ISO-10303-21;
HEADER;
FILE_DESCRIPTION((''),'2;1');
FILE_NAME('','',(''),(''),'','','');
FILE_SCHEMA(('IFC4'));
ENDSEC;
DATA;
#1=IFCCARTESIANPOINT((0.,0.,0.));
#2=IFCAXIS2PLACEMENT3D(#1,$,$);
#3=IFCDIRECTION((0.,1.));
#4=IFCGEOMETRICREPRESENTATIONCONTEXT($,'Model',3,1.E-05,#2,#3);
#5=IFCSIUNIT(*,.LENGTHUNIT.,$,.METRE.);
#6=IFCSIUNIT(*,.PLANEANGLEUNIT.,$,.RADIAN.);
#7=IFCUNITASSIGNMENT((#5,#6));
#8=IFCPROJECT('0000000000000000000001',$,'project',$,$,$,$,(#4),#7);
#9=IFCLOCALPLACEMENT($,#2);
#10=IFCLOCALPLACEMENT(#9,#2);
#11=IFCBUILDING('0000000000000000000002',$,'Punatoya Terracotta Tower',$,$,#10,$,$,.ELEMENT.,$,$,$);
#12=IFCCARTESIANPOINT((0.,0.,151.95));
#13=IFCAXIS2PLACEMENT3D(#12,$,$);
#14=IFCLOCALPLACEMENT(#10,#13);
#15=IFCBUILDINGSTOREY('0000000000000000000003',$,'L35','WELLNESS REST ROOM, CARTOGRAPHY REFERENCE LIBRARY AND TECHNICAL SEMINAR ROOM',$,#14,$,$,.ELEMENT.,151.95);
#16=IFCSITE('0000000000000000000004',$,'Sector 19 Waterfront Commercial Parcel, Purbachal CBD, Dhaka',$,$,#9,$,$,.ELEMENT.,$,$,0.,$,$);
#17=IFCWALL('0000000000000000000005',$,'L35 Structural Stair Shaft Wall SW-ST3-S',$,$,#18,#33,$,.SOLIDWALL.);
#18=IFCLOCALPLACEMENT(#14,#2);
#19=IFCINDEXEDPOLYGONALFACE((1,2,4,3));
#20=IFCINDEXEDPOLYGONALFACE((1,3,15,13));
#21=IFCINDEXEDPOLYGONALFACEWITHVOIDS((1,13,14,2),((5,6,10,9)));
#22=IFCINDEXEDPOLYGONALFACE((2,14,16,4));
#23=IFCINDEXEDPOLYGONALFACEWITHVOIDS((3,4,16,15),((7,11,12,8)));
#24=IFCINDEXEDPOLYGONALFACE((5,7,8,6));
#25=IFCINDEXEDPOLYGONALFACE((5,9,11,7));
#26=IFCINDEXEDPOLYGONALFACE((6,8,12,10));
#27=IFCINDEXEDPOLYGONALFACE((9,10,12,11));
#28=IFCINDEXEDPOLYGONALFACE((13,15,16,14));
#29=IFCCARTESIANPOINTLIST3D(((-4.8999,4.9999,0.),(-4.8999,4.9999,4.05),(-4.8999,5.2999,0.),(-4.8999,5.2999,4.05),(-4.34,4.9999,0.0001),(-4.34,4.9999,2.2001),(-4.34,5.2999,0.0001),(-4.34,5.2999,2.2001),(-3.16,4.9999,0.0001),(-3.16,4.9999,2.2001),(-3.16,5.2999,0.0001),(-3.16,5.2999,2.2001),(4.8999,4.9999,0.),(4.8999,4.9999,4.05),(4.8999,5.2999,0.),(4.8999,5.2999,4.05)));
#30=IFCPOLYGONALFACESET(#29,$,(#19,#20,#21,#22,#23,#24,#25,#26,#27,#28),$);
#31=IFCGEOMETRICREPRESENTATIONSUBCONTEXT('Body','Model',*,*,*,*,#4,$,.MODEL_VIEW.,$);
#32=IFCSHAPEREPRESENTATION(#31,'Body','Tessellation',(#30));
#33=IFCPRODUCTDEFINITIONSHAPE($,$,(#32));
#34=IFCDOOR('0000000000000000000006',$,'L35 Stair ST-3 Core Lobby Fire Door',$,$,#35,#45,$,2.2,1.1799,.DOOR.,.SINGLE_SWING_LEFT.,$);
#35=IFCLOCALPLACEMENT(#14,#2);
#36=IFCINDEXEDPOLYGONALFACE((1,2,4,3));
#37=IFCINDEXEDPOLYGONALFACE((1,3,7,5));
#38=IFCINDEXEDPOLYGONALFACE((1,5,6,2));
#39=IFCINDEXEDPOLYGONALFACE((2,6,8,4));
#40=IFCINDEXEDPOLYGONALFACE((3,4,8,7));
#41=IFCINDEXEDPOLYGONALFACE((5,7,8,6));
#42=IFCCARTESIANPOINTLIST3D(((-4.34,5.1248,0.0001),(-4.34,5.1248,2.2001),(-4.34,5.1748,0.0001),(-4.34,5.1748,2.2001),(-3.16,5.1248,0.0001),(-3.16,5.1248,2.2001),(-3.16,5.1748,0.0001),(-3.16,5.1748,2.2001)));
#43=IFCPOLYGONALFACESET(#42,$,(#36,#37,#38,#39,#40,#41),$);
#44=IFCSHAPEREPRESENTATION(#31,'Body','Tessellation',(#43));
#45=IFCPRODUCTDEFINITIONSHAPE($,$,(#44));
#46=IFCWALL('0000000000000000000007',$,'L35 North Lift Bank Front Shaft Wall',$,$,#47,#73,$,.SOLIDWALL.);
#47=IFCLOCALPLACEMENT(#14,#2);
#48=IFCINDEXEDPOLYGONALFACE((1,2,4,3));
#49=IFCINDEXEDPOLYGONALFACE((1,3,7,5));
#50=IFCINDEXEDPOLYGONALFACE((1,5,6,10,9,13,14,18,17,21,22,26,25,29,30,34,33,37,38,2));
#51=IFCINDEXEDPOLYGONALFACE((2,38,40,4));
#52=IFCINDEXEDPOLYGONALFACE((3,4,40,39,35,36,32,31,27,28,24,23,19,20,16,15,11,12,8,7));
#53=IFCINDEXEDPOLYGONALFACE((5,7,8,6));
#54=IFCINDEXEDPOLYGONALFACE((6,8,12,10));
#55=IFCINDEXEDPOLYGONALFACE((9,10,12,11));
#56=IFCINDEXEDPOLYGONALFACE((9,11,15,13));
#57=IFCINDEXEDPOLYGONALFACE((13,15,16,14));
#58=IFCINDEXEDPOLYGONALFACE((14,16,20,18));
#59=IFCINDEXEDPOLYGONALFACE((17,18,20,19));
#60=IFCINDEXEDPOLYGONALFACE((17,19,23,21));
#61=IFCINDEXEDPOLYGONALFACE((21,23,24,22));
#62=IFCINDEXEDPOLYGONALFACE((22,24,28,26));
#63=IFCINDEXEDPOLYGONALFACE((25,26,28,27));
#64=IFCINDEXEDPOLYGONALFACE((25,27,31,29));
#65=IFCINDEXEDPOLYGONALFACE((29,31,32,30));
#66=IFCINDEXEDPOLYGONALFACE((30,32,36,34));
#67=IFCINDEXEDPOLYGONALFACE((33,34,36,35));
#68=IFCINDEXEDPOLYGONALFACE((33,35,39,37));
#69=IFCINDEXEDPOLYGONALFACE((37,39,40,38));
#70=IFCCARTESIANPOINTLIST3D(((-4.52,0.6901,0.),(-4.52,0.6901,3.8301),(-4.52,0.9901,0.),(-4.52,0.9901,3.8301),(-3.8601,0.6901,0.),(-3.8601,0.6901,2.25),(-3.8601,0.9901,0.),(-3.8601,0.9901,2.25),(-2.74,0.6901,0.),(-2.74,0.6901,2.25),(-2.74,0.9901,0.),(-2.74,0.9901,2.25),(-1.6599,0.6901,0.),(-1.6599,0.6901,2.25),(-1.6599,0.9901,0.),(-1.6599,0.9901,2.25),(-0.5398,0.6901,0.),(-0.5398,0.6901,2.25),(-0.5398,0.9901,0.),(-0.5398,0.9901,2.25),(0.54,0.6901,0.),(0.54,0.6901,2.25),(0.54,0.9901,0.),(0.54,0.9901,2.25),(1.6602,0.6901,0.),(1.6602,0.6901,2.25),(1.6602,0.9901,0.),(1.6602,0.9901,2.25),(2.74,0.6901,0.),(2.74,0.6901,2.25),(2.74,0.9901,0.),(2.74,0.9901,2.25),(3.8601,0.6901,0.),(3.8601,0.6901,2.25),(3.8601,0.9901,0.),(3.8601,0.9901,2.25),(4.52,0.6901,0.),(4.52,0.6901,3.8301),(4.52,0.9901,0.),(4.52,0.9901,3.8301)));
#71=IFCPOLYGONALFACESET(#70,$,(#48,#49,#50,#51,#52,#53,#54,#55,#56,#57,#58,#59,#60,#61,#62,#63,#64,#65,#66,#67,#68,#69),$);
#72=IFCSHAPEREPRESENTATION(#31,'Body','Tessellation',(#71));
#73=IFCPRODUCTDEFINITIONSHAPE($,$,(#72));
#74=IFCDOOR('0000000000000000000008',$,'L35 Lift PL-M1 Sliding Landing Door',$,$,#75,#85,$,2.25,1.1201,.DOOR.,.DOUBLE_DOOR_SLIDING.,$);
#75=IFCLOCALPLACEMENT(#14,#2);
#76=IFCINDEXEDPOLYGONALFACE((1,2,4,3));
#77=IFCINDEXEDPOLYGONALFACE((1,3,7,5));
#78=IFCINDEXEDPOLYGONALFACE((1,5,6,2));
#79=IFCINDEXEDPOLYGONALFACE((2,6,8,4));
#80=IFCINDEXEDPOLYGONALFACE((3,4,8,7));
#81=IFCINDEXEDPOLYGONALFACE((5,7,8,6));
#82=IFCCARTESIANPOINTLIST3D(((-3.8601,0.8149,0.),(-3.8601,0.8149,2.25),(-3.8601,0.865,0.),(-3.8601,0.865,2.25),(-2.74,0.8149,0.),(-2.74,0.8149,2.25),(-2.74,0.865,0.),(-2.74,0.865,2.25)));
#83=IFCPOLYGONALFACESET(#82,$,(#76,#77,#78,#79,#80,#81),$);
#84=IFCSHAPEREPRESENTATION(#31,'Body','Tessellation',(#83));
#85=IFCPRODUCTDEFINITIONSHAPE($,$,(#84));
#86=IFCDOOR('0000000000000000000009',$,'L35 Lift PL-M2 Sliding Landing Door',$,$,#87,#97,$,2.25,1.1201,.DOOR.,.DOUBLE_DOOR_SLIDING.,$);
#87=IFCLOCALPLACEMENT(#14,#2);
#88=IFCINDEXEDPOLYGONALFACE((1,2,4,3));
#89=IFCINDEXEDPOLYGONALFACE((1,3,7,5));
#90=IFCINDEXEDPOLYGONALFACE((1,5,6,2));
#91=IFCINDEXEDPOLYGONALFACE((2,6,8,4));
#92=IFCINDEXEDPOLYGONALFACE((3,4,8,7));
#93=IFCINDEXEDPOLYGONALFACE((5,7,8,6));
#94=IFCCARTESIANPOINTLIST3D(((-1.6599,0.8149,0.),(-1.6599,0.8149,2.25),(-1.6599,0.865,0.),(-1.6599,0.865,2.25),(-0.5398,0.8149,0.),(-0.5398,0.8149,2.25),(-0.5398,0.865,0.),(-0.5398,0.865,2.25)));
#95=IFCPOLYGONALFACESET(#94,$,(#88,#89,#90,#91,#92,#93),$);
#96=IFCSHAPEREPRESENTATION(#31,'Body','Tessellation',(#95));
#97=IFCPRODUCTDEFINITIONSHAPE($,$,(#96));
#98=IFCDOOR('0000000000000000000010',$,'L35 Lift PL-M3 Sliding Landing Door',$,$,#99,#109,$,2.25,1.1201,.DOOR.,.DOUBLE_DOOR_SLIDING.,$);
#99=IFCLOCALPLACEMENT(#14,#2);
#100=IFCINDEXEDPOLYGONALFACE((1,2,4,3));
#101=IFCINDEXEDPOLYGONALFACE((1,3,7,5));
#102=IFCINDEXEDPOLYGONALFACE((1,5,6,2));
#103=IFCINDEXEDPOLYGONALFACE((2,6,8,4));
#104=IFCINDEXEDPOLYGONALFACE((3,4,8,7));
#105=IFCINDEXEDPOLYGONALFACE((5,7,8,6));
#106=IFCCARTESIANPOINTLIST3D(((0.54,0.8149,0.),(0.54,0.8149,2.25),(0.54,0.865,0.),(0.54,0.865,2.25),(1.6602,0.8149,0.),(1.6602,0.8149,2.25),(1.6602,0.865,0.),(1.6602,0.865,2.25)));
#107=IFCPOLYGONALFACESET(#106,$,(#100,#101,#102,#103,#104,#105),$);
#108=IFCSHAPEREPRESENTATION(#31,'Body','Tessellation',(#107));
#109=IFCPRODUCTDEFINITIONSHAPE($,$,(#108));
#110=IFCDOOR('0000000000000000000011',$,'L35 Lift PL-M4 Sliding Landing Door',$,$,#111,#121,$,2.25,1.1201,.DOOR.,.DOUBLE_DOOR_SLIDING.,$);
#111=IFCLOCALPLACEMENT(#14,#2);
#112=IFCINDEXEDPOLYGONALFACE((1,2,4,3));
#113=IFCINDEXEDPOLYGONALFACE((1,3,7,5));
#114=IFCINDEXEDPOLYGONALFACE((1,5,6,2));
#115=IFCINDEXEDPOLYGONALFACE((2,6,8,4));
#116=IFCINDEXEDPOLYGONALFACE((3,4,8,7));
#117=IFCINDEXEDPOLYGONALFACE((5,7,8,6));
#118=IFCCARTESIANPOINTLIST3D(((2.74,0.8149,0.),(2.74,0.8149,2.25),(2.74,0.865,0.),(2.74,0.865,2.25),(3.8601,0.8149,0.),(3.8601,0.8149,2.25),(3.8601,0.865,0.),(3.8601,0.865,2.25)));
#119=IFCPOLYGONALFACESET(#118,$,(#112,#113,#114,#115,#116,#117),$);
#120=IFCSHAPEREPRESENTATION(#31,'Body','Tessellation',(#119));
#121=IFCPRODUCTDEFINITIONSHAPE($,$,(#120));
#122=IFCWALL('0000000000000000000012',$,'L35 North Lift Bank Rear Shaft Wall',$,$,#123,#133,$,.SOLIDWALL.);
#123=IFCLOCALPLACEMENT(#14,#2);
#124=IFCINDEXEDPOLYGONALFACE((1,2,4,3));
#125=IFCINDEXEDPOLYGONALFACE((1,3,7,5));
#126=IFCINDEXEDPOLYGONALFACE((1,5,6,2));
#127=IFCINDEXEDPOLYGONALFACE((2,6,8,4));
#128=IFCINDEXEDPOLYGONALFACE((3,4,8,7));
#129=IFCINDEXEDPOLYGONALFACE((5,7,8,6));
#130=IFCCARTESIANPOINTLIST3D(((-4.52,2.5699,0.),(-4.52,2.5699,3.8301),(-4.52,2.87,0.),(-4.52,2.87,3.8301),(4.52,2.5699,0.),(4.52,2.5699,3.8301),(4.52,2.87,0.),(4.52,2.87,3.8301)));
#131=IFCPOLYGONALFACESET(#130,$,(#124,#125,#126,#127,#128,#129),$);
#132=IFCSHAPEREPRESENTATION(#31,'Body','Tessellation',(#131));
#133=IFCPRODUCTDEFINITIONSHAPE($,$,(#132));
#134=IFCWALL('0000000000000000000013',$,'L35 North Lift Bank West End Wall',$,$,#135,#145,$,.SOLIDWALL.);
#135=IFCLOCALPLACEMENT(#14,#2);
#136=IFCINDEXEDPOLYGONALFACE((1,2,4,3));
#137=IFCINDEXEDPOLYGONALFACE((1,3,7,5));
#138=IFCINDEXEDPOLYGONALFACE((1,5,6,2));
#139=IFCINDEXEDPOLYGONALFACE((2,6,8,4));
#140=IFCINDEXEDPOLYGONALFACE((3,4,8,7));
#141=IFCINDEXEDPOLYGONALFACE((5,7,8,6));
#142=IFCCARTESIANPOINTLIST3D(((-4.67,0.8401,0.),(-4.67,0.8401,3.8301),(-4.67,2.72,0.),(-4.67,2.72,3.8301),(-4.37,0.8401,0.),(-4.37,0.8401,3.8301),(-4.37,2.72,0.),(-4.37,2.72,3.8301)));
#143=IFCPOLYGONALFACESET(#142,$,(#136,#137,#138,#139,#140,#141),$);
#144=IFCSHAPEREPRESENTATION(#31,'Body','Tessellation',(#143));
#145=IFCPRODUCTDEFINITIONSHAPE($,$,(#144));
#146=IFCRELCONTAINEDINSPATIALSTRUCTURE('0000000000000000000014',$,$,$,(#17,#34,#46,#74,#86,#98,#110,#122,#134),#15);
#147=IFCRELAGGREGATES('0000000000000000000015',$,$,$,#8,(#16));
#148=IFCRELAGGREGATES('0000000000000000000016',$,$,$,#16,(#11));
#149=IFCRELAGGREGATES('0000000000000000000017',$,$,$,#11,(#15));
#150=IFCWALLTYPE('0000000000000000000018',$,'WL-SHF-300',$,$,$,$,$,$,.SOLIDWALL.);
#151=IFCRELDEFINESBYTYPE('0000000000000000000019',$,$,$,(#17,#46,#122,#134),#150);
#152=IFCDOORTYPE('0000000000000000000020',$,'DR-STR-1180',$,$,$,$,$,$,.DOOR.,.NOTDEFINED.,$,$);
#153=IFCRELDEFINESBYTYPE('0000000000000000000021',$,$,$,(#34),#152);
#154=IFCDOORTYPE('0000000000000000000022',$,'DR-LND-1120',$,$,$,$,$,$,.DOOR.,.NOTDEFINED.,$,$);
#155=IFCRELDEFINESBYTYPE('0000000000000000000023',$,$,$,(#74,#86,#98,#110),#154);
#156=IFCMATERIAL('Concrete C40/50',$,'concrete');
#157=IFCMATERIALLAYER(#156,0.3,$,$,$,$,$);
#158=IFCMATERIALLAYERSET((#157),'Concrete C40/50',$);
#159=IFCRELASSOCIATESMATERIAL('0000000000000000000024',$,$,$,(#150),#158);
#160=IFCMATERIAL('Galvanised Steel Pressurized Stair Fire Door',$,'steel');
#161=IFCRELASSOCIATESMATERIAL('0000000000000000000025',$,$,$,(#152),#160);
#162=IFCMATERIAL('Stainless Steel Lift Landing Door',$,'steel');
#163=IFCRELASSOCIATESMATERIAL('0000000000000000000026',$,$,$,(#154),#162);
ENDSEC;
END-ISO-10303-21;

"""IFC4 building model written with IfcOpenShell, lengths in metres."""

from ifc_helpers import new_model, si_unit, direction, frame, frame_2d, origin, place, context, subcontext, project, spatial, rectangle, extrude, material, layer, layer_set, type_object, element, fill, save


model = new_model("IFC4")

# Units and contexts
model_context = context("Model", 3, precision=1e-05, world=origin(), true_north=direction((0.0, 1.0)))
body_context = subcontext(model_context, "Body", "Model", "MODEL_VIEW")
ifc_project = project(units=[si_unit("LENGTHUNIT", "METRE"), si_unit("PLANEANGLEUNIT", "RADIAN")], contexts=[model_context])

# Site, building, storey
site_placement = place(None, origin())
site = spatial("IfcSite", under=ifc_project, at=site_placement, Name="Sector 19 Waterfront Commercial Parcel, Purbachal CBD, Dhaka", CompositionType="ELEMENT", RefElevation=0.0)
building_placement = place(site_placement, origin())
building = spatial("IfcBuilding", under=site, at=building_placement, Name="Punatoya Terracotta Tower", CompositionType="ELEMENT")
storey_placement = place(building_placement, frame((0.0, 0.0, 151.95)))
storey = spatial("IfcBuildingStorey", under=building, at=storey_placement, Name="L35", Description="WELLNESS REST ROOM, CARTOGRAPHY REFERENCE LIBRARY AND TECHNICAL SEMINAR ROOM", CompositionType="ELEMENT", Elevation=151.95)

# Shared definitions
ifc_material_1 = material(Name="Concrete C40/50", Category="concrete")

# Shared definitions
ifc_layer_1 = layer(ifc_material_1, 0.3)
ifc_layer_set_1 = layer_set([ifc_layer_1], Name="Concrete C40/50")
wall_type_1 = type_object("IfcWallType", Name="WL-SHF-300", PredefinedType="SOLIDWALL", material=ifc_layer_set_1)

# Wall, opening, door
wall_1_placement = place(storey_placement, frame((-4.8999, 5.1499, 0.0), z_axis=(0.0, 0.0, 1.0), x_axis=(1.0, 0.0, 0.0)))
wall_1 = element("IfcWall", 1, at=wall_1_placement, inside=storey, type_object=wall_type_1, Name="L35 Structural Stair Shaft Wall SW-ST3-S", PredefinedType="SOLIDWALL", context=body_context, shape_type="SweptSolid", body=[
    extrude(rectangle(XDim=9.7998, YDim=0.3, at=frame_2d((4.8999, 0.0))), origin(), (0.0, 0.0, 1.0), 4.05),
])
opening_1_placement = place(wall_1_placement, frame((0.5601, 0.0, 0.0)))
opening_1 = element("IfcOpeningElement", 2, at=opening_1_placement, cuts=wall_1, PredefinedType="OPENING", context=body_context, shape_type="SweptSolid", body=[
    extrude(rectangle(XDim=1.1799, YDim=2.2, at=frame_2d((0.5898, 1.1001))), frame((0.0, 0.1599, 0.0), z_axis=(0.0, -1.0, 0.0), x_axis=(1.0, 0.0, 0.0)), (0.0, 0.0, 1.0), 0.3201),
])
ifc_material_2 = material(Name="Galvanised Steel Pressurized Stair Fire Door", Category="steel")
door_type_1 = type_object("IfcDoorType", Name="DR-STR-1180", OperationType="NOTDEFINED", PredefinedType="DOOR", material=ifc_material_2)
door_1_placement = place(opening_1_placement, origin())
door_1 = element("IfcDoor", 3, at=door_1_placement, inside=storey, type_object=door_type_1, Name="L35 Stair ST-3 Core Lobby Fire Door", OperationType="SINGLE_SWING_LEFT", OverallHeight=2.2, OverallWidth=1.1799, PredefinedType="DOOR", context=body_context, shape_type="SweptSolid", body=[
    extrude(rectangle(XDim=1.1799, YDim=2.2, at=frame_2d((0.5898, 1.1001))), frame((0.0, 0.0249, 0.0), z_axis=(0.0, -1.0, 0.0), x_axis=(1.0, 0.0, 0.0)), (0.0, 0.0, 1.0), 0.05),
])
fill(opening_1, door_1)

# Wall, openings, doors
wall_2_placement = place(storey_placement, frame((-4.52, 0.8401, 0.0), z_axis=(0.0, 0.0, 1.0), x_axis=(1.0, 0.0, 0.0)))
wall_2 = element("IfcWall", 4, at=wall_2_placement, inside=storey, type_object=wall_type_1, Name="L35 North Lift Bank Front Shaft Wall", PredefinedType="SOLIDWALL", context=body_context, shape_type="SweptSolid", body=[
    extrude(rectangle(XDim=9.04, YDim=0.3, at=frame_2d((4.52, 0.0))), origin(), (0.0, 0.0, 1.0), 3.8301),
])
opening_2_placement = place(wall_2_placement, frame((0.6599, 0.0, 0.0)))
opening_2 = element("IfcOpeningElement", 5, at=opening_2_placement, cuts=wall_2, PredefinedType="OPENING", context=body_context, shape_type="SweptSolid", body=[
    extrude(rectangle(XDim=1.1201, YDim=2.25, at=frame_2d((0.5601, 1.125))), frame((0.0, 0.1599, 0.0), z_axis=(0.0, -1.0, 0.0), x_axis=(1.0, 0.0, 0.0)), (0.0, 0.0, 1.0), 0.3201),
])
opening_3_placement = place(wall_2_placement, frame((2.8601, 0.0, 0.0)))
opening_3 = element("IfcOpeningElement", 6, at=opening_3_placement, cuts=wall_2, PredefinedType="OPENING", context=body_context, shape_type="SweptSolid", body=[
    extrude(rectangle(XDim=1.1201, YDim=2.25, at=frame_2d((0.5601, 1.125))), frame((0.0, 0.1599, 0.0), z_axis=(0.0, -1.0, 0.0), x_axis=(1.0, 0.0, 0.0)), (0.0, 0.0, 1.0), 0.3201),
])
opening_4_placement = place(wall_2_placement, frame((5.0601, 0.0, 0.0)))
opening_4 = element("IfcOpeningElement", 7, at=opening_4_placement, cuts=wall_2, PredefinedType="OPENING", context=body_context, shape_type="SweptSolid", body=[
    extrude(rectangle(XDim=1.1201, YDim=2.25, at=frame_2d((0.5601, 1.125))), frame((0.0, 0.1599, 0.0), z_axis=(0.0, -1.0, 0.0), x_axis=(1.0, 0.0, 0.0)), (0.0, 0.0, 1.0), 0.3201),
])
opening_5_placement = place(wall_2_placement, frame((7.26, 0.0, 0.0)))
opening_5 = element("IfcOpeningElement", 8, at=opening_5_placement, cuts=wall_2, PredefinedType="OPENING", context=body_context, shape_type="SweptSolid", body=[
    extrude(rectangle(XDim=1.1201, YDim=2.25, at=frame_2d((0.5601, 1.125))), frame((0.0, 0.1599, 0.0), z_axis=(0.0, -1.0, 0.0), x_axis=(1.0, 0.0, 0.0)), (0.0, 0.0, 1.0), 0.3201),
])
ifc_material_3 = material(Name="Stainless Steel Lift Landing Door", Category="steel")
door_type_2 = type_object("IfcDoorType", Name="DR-LND-1120", OperationType="NOTDEFINED", PredefinedType="DOOR", material=ifc_material_3)
door_2_placement = place(opening_2_placement, origin())
door_2 = element("IfcDoor", 9, at=door_2_placement, inside=storey, type_object=door_type_2, Name="L35 Lift PL-M1 Sliding Landing Door", OperationType="DOUBLE_DOOR_SLIDING", OverallHeight=2.25, OverallWidth=1.1201, PredefinedType="DOOR", context=body_context, shape_type="SweptSolid", body=[
    extrude(rectangle(XDim=1.1201, YDim=2.25, at=frame_2d((0.5601, 1.125))), frame((0.0, 0.0249, 0.0), z_axis=(0.0, -1.0, 0.0), x_axis=(1.0, 0.0, 0.0)), (0.0, 0.0, 1.0), 0.05),
])
fill(opening_2, door_2)
door_3_placement = place(opening_3_placement, origin())
door_3 = element("IfcDoor", 10, at=door_3_placement, inside=storey, type_object=door_type_2, Name="L35 Lift PL-M2 Sliding Landing Door", OperationType="DOUBLE_DOOR_SLIDING", OverallHeight=2.25, OverallWidth=1.1201, PredefinedType="DOOR", context=body_context, shape_type="SweptSolid", body=[
    extrude(rectangle(XDim=1.1201, YDim=2.25, at=frame_2d((0.5601, 1.125))), frame((0.0, 0.0249, 0.0), z_axis=(0.0, -1.0, 0.0), x_axis=(1.0, 0.0, 0.0)), (0.0, 0.0, 1.0), 0.05),
])
fill(opening_3, door_3)
door_4_placement = place(opening_4_placement, origin())
door_4 = element("IfcDoor", 11, at=door_4_placement, inside=storey, type_object=door_type_2, Name="L35 Lift PL-M3 Sliding Landing Door", OperationType="DOUBLE_DOOR_SLIDING", OverallHeight=2.25, OverallWidth=1.1201, PredefinedType="DOOR", context=body_context, shape_type="SweptSolid", body=[
    extrude(rectangle(XDim=1.1201, YDim=2.25, at=frame_2d((0.5601, 1.125))), frame((0.0, 0.0249, 0.0), z_axis=(0.0, -1.0, 0.0), x_axis=(1.0, 0.0, 0.0)), (0.0, 0.0, 1.0), 0.05),
])
fill(opening_4, door_4)
door_5_placement = place(opening_5_placement, origin())
door_5 = element("IfcDoor", 12, at=door_5_placement, inside=storey, type_object=door_type_2, Name="L35 Lift PL-M4 Sliding Landing Door", OperationType="DOUBLE_DOOR_SLIDING", OverallHeight=2.25, OverallWidth=1.1201, PredefinedType="DOOR", context=body_context, shape_type="SweptSolid", body=[
    extrude(rectangle(XDim=1.1201, YDim=2.25, at=frame_2d((0.5601, 1.125))), frame((0.0, 0.0249, 0.0), z_axis=(0.0, -1.0, 0.0), x_axis=(1.0, 0.0, 0.0)), (0.0, 0.0, 1.0), 0.05),
])
fill(opening_5, door_5)

# Walls
wall_3_placement = place(storey_placement, frame((-4.52, 2.72, 0.0), z_axis=(0.0, 0.0, 1.0), x_axis=(1.0, 0.0, 0.0)))
element("IfcWall", 13, at=wall_3_placement, inside=storey, type_object=wall_type_1, Name="L35 North Lift Bank Rear Shaft Wall", PredefinedType="SOLIDWALL", context=body_context, shape_type="SweptSolid", body=[
    extrude(rectangle(XDim=9.04, YDim=0.3, at=frame_2d((4.52, 0.0))), origin(), (0.0, 0.0, 1.0), 3.8301),
])
wall_4_placement = place(storey_placement, frame((-4.52, 0.8401, 0.0), z_axis=(0.0, 0.0, 1.0), x_axis=(0.0, 1.0, 0.0)))
element("IfcWall", 14, at=wall_4_placement, inside=storey, type_object=wall_type_1, Name="L35 North Lift Bank West End Wall", PredefinedType="SOLIDWALL", context=body_context, shape_type="SweptSolid", body=[
    extrude(rectangle(XDim=1.8799, YDim=0.3, at=frame_2d((0.9399, 0.0))), origin(), (0.0, 0.0, 1.0), 3.8301),
])

save(model, "model.ifc")
